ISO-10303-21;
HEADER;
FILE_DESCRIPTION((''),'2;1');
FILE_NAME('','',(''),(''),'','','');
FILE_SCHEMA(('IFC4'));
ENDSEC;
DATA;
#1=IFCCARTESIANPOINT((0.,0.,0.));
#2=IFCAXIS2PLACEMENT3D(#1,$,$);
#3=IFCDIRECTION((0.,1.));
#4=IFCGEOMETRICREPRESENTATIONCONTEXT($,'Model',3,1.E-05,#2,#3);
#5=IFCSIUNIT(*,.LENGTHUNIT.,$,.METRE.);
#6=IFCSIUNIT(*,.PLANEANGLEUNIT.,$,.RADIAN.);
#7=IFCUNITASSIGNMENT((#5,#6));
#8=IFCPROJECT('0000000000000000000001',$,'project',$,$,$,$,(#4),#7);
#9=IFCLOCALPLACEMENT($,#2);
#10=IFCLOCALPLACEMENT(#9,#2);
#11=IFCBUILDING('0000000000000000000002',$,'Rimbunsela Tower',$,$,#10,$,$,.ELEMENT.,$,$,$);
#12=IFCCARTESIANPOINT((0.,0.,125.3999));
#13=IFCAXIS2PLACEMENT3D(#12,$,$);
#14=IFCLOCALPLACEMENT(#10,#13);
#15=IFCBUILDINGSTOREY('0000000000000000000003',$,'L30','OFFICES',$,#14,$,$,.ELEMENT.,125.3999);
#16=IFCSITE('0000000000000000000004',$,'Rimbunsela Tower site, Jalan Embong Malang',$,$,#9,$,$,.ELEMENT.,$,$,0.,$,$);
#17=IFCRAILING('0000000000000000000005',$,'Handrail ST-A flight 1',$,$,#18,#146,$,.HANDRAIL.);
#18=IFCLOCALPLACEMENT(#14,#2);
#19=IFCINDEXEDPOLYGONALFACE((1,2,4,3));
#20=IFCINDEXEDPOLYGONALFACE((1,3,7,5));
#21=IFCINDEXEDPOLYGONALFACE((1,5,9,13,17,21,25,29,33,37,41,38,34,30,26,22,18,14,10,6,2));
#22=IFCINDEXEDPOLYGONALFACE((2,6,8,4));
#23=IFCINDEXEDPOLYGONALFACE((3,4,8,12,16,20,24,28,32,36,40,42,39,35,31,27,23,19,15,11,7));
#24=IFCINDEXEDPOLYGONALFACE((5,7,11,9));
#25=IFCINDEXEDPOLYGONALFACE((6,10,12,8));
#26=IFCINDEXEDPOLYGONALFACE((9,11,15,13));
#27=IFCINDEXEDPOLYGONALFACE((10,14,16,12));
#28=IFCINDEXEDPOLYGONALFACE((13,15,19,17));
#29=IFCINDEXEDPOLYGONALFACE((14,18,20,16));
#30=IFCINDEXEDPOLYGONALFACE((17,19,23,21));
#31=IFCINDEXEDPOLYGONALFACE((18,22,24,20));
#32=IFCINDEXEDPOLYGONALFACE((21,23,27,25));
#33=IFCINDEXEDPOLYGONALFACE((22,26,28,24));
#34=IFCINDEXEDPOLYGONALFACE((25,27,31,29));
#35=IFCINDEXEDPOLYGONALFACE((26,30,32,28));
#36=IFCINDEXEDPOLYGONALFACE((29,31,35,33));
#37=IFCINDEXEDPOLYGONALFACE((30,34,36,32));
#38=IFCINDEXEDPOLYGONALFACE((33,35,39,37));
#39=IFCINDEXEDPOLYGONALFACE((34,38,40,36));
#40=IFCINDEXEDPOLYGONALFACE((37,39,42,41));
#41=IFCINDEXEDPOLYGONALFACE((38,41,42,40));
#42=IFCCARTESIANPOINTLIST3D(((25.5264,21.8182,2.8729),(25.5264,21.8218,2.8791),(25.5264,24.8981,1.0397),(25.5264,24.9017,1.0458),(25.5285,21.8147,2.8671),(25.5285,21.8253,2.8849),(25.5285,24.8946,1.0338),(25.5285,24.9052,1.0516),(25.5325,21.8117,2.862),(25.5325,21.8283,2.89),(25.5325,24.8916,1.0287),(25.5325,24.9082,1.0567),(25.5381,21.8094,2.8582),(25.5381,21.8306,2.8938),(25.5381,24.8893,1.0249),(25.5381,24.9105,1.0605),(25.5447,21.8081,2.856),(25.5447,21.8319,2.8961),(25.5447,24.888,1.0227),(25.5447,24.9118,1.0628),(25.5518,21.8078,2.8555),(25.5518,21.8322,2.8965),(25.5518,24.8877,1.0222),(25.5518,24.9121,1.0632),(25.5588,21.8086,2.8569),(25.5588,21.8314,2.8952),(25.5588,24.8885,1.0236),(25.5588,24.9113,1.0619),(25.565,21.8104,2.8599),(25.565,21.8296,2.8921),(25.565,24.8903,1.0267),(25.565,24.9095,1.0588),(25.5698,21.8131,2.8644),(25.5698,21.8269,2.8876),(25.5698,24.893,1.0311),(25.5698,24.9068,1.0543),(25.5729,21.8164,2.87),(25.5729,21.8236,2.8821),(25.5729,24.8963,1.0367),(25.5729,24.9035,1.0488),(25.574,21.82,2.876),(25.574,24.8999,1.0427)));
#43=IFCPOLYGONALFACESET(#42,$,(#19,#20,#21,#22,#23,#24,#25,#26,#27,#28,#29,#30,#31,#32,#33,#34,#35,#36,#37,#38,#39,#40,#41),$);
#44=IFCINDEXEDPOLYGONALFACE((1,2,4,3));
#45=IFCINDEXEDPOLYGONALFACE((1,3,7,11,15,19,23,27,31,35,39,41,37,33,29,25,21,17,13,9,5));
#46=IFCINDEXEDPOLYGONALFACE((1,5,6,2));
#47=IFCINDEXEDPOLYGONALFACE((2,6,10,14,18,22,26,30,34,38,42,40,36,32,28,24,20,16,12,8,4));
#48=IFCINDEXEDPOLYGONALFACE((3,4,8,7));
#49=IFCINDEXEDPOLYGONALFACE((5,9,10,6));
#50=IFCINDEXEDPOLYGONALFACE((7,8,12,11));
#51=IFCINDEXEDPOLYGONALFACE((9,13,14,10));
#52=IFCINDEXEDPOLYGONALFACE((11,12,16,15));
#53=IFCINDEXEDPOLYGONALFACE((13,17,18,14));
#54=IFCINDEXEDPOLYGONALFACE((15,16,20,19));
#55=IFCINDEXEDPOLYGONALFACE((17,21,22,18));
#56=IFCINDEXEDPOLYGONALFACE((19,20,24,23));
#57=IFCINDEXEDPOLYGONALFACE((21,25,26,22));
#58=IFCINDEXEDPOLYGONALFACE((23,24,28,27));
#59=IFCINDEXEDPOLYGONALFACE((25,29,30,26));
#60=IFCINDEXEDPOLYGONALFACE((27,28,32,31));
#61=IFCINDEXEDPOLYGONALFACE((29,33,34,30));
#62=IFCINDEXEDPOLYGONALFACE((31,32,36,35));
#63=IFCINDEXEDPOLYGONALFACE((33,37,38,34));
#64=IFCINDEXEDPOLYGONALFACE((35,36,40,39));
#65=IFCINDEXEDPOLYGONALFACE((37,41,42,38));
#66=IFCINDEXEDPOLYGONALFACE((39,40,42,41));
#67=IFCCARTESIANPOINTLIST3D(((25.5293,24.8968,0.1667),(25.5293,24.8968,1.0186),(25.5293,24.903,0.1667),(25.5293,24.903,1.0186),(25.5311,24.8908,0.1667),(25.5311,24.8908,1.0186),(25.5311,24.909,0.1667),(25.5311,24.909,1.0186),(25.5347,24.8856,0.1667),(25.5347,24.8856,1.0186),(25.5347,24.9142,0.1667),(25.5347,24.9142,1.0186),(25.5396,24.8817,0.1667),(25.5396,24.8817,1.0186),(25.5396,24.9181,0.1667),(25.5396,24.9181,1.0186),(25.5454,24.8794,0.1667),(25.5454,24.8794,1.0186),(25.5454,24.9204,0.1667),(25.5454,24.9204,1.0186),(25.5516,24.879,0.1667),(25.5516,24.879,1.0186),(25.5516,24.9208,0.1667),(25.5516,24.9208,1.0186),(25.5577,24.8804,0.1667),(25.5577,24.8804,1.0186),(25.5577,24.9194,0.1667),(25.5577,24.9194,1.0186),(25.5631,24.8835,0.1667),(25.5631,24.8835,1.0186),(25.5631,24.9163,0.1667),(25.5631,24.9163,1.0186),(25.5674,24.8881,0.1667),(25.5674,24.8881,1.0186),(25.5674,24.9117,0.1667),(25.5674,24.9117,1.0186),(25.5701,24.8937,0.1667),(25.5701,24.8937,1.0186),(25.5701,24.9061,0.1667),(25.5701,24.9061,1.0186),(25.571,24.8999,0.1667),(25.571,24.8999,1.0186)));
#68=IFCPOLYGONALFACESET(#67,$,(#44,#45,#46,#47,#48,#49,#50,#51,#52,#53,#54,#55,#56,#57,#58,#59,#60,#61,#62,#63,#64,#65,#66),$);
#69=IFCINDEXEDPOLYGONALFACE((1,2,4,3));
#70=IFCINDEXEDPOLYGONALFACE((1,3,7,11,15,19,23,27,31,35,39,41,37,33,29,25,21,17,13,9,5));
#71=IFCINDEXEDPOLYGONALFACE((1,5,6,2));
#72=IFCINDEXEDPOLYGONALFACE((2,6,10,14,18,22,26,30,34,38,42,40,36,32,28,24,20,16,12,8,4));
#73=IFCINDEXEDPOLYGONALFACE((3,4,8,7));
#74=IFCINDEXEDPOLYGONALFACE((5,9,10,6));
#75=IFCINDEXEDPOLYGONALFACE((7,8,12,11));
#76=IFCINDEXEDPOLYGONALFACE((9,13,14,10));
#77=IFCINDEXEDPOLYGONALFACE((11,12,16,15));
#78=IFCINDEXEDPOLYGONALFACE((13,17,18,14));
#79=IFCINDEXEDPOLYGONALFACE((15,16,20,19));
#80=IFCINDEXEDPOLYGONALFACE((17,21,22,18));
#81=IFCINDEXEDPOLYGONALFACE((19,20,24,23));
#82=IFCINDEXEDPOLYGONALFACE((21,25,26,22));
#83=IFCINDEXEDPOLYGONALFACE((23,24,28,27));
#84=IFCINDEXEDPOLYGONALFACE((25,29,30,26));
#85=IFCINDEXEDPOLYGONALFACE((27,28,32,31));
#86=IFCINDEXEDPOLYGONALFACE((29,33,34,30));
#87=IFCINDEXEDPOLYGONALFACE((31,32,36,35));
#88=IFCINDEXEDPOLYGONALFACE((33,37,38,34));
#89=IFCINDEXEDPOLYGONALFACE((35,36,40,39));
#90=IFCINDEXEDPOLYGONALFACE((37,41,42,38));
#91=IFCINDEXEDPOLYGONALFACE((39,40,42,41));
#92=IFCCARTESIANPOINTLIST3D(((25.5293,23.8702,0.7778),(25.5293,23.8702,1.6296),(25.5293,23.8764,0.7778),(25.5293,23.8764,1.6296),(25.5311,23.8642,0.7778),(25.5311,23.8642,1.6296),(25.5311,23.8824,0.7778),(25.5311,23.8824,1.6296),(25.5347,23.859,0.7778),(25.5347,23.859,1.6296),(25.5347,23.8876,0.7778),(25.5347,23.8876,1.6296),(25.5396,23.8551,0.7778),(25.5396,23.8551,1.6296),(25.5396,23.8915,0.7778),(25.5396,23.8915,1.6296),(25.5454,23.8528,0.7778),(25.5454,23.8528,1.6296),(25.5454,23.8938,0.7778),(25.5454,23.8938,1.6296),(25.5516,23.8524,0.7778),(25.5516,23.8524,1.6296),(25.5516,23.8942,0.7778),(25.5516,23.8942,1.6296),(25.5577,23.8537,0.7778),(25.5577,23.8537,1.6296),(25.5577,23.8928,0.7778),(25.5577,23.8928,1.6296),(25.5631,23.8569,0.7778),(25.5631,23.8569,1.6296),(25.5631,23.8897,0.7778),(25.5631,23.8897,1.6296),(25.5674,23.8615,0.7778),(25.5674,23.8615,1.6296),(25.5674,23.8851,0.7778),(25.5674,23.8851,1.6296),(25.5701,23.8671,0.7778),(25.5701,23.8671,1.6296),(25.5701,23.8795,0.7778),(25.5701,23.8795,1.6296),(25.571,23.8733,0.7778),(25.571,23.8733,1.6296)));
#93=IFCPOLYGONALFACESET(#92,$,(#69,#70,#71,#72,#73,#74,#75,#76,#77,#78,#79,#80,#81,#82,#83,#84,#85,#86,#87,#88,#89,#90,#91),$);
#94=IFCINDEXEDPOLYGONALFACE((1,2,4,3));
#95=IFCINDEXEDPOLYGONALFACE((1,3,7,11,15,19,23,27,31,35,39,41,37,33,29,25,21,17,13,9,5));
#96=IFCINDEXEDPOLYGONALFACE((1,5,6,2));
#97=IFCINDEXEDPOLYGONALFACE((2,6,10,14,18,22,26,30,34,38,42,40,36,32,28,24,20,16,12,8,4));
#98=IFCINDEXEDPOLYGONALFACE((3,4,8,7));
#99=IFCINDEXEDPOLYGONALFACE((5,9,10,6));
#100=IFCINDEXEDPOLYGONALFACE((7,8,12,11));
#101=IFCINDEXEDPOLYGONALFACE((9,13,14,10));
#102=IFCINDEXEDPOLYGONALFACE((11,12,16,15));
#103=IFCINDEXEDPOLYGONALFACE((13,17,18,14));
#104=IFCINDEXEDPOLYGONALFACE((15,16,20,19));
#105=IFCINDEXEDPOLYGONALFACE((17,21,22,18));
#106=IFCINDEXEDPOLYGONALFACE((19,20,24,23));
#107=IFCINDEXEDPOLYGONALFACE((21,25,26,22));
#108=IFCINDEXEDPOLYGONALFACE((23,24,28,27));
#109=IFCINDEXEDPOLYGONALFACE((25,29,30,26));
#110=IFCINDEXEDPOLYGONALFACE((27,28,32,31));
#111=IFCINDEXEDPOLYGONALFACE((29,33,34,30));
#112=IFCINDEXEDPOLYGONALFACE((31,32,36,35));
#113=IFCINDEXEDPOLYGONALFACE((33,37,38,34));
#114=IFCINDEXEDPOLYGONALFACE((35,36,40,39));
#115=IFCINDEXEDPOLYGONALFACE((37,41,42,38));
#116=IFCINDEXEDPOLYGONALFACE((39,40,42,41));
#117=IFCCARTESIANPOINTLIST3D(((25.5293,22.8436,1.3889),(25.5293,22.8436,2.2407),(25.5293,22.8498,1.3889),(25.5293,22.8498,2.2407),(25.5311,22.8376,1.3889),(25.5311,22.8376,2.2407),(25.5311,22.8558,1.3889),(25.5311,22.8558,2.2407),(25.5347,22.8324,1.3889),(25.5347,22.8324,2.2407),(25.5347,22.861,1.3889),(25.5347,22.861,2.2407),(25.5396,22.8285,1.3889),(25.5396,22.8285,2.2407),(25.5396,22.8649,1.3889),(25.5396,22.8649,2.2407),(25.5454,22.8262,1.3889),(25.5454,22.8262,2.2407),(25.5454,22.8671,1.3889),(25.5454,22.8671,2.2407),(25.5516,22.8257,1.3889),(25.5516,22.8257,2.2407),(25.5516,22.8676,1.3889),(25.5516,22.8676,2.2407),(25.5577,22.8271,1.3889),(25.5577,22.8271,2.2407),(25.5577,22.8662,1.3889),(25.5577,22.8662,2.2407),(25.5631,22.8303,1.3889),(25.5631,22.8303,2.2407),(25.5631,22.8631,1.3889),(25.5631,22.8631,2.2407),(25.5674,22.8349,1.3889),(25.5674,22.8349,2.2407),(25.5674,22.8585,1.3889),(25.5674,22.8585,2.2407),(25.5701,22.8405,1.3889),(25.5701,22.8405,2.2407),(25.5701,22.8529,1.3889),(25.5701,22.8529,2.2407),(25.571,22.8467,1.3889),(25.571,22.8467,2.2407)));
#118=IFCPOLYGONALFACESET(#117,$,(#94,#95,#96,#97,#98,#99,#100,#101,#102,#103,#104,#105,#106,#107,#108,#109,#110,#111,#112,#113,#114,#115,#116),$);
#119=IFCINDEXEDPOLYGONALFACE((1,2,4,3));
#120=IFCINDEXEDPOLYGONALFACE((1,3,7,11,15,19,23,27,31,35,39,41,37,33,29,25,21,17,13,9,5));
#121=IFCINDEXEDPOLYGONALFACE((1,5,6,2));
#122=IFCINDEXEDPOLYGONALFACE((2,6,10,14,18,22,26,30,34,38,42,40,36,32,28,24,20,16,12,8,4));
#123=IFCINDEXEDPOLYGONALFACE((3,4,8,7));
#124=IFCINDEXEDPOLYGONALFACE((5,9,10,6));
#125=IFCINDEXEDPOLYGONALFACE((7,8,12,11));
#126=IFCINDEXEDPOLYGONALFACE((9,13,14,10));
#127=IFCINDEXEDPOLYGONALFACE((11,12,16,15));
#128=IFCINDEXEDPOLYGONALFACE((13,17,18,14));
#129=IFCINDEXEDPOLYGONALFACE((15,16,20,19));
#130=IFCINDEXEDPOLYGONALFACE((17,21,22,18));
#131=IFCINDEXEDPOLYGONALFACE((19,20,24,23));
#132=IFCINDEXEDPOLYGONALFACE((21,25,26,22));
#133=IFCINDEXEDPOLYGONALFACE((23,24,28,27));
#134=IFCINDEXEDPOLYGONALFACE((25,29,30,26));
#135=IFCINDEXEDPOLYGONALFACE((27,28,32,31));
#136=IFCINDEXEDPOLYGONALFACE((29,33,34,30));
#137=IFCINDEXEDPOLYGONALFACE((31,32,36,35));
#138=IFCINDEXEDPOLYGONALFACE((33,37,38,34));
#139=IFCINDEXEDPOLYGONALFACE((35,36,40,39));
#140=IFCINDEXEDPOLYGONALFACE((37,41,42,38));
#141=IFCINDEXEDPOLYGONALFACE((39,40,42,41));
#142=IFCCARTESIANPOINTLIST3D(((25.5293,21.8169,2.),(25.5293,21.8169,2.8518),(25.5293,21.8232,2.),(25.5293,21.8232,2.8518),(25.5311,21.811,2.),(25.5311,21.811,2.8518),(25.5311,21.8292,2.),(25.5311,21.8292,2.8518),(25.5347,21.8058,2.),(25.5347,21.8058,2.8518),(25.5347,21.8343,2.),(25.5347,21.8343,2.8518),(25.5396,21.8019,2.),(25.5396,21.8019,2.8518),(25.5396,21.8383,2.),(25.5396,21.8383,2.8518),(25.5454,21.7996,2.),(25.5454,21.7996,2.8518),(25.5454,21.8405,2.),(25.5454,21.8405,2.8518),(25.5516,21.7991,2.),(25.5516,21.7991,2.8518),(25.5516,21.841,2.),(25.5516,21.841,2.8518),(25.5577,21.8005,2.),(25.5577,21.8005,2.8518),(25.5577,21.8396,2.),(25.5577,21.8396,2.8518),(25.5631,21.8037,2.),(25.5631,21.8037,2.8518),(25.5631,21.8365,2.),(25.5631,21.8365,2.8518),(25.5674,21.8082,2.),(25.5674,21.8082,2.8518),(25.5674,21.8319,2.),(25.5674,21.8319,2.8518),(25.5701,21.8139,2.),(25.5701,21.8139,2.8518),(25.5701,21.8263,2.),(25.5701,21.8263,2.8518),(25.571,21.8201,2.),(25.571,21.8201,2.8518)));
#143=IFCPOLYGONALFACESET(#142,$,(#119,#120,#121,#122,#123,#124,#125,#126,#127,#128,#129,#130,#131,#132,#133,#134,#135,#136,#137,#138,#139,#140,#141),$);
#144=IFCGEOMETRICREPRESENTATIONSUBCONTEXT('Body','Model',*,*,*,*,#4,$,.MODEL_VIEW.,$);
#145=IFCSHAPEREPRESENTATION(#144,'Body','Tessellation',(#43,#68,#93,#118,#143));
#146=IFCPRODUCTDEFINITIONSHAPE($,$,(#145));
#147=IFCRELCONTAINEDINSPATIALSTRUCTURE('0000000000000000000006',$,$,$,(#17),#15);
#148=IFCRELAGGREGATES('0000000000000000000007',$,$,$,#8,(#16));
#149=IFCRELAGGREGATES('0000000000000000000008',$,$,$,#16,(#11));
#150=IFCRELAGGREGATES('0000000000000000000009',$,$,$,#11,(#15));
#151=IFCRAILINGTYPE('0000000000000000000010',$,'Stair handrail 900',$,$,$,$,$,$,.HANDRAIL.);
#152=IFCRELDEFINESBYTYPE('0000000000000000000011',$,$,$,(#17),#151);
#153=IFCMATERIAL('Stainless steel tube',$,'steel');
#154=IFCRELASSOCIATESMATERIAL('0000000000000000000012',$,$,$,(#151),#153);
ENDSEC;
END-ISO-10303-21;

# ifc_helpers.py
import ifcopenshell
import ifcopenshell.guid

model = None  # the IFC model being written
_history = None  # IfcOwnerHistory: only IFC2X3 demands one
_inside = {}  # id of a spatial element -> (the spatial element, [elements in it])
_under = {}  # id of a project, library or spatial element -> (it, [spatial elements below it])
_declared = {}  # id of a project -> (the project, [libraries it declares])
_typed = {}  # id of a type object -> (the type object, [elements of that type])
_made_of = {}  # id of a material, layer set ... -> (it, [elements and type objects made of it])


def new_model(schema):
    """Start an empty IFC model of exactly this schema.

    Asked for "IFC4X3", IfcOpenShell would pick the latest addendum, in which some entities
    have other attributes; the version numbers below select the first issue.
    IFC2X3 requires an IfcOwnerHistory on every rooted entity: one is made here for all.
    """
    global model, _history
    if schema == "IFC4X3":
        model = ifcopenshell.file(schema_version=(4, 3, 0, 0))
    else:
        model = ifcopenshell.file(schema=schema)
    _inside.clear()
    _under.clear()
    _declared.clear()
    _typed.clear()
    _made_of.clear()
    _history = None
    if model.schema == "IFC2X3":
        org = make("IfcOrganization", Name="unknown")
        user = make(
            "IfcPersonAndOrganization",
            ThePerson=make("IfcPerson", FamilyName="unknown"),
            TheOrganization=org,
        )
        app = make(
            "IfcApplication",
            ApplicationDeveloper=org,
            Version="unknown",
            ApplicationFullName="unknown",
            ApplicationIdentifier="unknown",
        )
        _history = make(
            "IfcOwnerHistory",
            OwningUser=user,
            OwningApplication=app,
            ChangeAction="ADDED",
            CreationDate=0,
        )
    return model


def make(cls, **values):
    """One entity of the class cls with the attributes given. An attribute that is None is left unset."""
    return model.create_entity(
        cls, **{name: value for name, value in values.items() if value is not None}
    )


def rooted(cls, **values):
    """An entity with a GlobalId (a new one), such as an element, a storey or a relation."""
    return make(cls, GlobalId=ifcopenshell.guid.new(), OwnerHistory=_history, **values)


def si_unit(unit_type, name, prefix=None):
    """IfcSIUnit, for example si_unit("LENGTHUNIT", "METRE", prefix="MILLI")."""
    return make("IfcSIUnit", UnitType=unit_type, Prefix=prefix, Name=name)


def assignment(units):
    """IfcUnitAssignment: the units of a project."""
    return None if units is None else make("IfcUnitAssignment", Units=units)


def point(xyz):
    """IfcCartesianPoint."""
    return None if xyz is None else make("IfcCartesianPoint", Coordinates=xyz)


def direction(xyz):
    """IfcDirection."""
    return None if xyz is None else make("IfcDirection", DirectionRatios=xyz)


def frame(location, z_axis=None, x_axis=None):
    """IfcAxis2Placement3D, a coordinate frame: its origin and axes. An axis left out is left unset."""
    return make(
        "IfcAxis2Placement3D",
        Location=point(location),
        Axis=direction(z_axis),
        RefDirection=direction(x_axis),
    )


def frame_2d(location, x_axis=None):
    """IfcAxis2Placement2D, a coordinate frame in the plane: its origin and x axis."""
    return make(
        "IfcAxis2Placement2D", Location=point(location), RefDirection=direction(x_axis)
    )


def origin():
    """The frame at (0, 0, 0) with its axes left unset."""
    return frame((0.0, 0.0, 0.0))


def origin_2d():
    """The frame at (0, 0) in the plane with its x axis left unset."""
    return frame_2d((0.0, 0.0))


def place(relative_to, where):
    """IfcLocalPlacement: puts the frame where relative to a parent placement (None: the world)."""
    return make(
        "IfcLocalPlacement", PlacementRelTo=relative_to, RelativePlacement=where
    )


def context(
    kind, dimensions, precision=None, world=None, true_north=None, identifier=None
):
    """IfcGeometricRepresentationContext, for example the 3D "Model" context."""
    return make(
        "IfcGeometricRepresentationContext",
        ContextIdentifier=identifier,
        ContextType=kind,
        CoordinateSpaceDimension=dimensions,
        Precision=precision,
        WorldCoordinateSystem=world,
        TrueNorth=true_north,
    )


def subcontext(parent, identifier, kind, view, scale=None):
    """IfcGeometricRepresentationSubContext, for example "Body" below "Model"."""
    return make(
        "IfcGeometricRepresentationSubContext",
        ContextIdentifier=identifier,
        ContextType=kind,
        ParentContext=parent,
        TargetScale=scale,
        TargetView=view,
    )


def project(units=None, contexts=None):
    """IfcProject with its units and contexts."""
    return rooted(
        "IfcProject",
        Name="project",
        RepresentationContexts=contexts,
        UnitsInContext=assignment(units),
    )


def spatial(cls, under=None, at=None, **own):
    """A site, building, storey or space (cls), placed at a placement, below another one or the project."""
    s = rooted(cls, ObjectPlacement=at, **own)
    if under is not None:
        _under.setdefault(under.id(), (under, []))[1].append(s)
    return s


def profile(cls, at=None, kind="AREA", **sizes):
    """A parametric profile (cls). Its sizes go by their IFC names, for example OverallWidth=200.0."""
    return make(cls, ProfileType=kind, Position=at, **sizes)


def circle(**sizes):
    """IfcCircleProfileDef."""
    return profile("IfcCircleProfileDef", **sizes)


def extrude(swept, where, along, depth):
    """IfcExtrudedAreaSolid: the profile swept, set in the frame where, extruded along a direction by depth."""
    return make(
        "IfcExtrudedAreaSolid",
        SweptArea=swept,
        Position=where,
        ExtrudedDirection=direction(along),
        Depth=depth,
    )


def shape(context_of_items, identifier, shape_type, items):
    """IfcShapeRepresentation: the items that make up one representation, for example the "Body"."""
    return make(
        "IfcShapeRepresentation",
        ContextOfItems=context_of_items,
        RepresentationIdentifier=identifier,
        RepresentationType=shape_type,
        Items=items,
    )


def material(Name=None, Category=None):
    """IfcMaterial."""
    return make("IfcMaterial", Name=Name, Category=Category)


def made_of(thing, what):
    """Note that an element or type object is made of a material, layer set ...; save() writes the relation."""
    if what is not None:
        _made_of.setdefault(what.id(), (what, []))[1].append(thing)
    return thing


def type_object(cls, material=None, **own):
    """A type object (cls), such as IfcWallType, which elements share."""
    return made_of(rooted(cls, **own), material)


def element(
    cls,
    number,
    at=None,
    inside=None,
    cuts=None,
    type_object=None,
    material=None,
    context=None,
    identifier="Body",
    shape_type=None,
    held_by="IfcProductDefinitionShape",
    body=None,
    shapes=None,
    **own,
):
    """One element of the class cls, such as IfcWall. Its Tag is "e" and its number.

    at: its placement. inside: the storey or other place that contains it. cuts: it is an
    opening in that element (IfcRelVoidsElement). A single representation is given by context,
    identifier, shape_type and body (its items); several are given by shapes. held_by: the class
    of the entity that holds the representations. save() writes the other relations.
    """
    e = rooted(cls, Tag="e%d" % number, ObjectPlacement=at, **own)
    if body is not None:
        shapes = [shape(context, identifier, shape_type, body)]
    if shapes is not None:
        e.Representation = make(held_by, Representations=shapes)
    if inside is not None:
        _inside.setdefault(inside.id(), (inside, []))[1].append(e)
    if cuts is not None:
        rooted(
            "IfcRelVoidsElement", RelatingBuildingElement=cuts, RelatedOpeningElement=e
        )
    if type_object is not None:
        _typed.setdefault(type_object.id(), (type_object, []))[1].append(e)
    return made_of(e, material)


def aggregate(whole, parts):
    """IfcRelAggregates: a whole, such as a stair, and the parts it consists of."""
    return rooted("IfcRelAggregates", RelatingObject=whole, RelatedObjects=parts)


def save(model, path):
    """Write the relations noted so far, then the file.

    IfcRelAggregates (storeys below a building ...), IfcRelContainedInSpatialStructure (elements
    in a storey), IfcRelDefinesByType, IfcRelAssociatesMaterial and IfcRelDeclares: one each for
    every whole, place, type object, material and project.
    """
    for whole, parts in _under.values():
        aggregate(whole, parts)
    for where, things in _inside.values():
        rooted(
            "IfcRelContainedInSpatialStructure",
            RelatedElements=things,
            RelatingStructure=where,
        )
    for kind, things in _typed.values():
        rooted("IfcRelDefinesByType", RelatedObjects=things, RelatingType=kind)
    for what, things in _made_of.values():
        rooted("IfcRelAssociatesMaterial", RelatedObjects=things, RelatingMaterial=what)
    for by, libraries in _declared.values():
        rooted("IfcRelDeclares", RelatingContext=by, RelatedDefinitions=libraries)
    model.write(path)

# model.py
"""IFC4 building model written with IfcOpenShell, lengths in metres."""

from ifc_helpers import new_model, si_unit, direction, frame, origin, origin_2d, place, context, subcontext, project, spatial, circle, extrude, material, type_object, element, save


model = new_model("IFC4")

# Units and contexts
model_context = context("Model", 3, precision=1e-05, world=origin(), true_north=direction((0.0, 1.0)))
body_context = subcontext(model_context, "Body", "Model", "MODEL_VIEW")
ifc_project = project(units=[si_unit("LENGTHUNIT", "METRE"), si_unit("PLANEANGLEUNIT", "RADIAN")], contexts=[model_context])

# Site, building, storey
site_placement = place(None, origin())
site = spatial("IfcSite", under=ifc_project, at=site_placement, Name="Rimbunsela Tower site, Jalan Embong Malang", CompositionType="ELEMENT", RefElevation=0.0)
building_placement = place(site_placement, origin())
building = spatial("IfcBuilding", under=site, at=building_placement, Name="Rimbunsela Tower", CompositionType="ELEMENT")
storey_placement = place(building_placement, frame((0.0, 0.0, 125.3999)))
storey = spatial("IfcBuildingStorey", under=building, at=storey_placement, Name="L30", Description="OFFICES", CompositionType="ELEMENT", Elevation=125.3999)

# Railing
ifc_material_1 = material(Name="Stainless steel tube", Category="steel")
railing_type = type_object("IfcRailingType", Name="Stair handrail 900", PredefinedType="HANDRAIL", material=ifc_material_1)
railing_1_placement = place(storey_placement, frame((25.55, 24.8999, 0.1667)))
element("IfcRailing", 1, at=railing_1_placement, inside=storey, type_object=railing_type, Name="Handrail ST-A flight 1", PredefinedType="HANDRAIL", context=body_context, shape_type="SweptSolid", body=[
    extrude(circle(Radius=0.0239, at=origin_2d()), frame((0.0, 0.0, 0.876), z_axis=(0.0, -0.859291, 0.511487), x_axis=(1.0, 0.0, 0.0)), (0.0, 0.0, 1.0), 3.5842),
    extrude(circle(Radius=0.021, at=origin_2d()), origin(), (0.0, 0.0, 1.0), 0.8518),
    extrude(circle(Radius=0.021, at=origin_2d()), frame((0.0, -1.0266, 0.6111)), (0.0, 0.0, 1.0), 0.8518),
    extrude(circle(Radius=0.021, at=origin_2d()), frame((0.0, -2.0532, 1.2222)), (0.0, 0.0, 1.0), 0.8518),
    extrude(circle(Radius=0.021, at=origin_2d()), frame((0.0, -3.0798, 1.8333)), (0.0, 0.0, 1.0), 0.8518),
])

save(model, "model.ifc")
